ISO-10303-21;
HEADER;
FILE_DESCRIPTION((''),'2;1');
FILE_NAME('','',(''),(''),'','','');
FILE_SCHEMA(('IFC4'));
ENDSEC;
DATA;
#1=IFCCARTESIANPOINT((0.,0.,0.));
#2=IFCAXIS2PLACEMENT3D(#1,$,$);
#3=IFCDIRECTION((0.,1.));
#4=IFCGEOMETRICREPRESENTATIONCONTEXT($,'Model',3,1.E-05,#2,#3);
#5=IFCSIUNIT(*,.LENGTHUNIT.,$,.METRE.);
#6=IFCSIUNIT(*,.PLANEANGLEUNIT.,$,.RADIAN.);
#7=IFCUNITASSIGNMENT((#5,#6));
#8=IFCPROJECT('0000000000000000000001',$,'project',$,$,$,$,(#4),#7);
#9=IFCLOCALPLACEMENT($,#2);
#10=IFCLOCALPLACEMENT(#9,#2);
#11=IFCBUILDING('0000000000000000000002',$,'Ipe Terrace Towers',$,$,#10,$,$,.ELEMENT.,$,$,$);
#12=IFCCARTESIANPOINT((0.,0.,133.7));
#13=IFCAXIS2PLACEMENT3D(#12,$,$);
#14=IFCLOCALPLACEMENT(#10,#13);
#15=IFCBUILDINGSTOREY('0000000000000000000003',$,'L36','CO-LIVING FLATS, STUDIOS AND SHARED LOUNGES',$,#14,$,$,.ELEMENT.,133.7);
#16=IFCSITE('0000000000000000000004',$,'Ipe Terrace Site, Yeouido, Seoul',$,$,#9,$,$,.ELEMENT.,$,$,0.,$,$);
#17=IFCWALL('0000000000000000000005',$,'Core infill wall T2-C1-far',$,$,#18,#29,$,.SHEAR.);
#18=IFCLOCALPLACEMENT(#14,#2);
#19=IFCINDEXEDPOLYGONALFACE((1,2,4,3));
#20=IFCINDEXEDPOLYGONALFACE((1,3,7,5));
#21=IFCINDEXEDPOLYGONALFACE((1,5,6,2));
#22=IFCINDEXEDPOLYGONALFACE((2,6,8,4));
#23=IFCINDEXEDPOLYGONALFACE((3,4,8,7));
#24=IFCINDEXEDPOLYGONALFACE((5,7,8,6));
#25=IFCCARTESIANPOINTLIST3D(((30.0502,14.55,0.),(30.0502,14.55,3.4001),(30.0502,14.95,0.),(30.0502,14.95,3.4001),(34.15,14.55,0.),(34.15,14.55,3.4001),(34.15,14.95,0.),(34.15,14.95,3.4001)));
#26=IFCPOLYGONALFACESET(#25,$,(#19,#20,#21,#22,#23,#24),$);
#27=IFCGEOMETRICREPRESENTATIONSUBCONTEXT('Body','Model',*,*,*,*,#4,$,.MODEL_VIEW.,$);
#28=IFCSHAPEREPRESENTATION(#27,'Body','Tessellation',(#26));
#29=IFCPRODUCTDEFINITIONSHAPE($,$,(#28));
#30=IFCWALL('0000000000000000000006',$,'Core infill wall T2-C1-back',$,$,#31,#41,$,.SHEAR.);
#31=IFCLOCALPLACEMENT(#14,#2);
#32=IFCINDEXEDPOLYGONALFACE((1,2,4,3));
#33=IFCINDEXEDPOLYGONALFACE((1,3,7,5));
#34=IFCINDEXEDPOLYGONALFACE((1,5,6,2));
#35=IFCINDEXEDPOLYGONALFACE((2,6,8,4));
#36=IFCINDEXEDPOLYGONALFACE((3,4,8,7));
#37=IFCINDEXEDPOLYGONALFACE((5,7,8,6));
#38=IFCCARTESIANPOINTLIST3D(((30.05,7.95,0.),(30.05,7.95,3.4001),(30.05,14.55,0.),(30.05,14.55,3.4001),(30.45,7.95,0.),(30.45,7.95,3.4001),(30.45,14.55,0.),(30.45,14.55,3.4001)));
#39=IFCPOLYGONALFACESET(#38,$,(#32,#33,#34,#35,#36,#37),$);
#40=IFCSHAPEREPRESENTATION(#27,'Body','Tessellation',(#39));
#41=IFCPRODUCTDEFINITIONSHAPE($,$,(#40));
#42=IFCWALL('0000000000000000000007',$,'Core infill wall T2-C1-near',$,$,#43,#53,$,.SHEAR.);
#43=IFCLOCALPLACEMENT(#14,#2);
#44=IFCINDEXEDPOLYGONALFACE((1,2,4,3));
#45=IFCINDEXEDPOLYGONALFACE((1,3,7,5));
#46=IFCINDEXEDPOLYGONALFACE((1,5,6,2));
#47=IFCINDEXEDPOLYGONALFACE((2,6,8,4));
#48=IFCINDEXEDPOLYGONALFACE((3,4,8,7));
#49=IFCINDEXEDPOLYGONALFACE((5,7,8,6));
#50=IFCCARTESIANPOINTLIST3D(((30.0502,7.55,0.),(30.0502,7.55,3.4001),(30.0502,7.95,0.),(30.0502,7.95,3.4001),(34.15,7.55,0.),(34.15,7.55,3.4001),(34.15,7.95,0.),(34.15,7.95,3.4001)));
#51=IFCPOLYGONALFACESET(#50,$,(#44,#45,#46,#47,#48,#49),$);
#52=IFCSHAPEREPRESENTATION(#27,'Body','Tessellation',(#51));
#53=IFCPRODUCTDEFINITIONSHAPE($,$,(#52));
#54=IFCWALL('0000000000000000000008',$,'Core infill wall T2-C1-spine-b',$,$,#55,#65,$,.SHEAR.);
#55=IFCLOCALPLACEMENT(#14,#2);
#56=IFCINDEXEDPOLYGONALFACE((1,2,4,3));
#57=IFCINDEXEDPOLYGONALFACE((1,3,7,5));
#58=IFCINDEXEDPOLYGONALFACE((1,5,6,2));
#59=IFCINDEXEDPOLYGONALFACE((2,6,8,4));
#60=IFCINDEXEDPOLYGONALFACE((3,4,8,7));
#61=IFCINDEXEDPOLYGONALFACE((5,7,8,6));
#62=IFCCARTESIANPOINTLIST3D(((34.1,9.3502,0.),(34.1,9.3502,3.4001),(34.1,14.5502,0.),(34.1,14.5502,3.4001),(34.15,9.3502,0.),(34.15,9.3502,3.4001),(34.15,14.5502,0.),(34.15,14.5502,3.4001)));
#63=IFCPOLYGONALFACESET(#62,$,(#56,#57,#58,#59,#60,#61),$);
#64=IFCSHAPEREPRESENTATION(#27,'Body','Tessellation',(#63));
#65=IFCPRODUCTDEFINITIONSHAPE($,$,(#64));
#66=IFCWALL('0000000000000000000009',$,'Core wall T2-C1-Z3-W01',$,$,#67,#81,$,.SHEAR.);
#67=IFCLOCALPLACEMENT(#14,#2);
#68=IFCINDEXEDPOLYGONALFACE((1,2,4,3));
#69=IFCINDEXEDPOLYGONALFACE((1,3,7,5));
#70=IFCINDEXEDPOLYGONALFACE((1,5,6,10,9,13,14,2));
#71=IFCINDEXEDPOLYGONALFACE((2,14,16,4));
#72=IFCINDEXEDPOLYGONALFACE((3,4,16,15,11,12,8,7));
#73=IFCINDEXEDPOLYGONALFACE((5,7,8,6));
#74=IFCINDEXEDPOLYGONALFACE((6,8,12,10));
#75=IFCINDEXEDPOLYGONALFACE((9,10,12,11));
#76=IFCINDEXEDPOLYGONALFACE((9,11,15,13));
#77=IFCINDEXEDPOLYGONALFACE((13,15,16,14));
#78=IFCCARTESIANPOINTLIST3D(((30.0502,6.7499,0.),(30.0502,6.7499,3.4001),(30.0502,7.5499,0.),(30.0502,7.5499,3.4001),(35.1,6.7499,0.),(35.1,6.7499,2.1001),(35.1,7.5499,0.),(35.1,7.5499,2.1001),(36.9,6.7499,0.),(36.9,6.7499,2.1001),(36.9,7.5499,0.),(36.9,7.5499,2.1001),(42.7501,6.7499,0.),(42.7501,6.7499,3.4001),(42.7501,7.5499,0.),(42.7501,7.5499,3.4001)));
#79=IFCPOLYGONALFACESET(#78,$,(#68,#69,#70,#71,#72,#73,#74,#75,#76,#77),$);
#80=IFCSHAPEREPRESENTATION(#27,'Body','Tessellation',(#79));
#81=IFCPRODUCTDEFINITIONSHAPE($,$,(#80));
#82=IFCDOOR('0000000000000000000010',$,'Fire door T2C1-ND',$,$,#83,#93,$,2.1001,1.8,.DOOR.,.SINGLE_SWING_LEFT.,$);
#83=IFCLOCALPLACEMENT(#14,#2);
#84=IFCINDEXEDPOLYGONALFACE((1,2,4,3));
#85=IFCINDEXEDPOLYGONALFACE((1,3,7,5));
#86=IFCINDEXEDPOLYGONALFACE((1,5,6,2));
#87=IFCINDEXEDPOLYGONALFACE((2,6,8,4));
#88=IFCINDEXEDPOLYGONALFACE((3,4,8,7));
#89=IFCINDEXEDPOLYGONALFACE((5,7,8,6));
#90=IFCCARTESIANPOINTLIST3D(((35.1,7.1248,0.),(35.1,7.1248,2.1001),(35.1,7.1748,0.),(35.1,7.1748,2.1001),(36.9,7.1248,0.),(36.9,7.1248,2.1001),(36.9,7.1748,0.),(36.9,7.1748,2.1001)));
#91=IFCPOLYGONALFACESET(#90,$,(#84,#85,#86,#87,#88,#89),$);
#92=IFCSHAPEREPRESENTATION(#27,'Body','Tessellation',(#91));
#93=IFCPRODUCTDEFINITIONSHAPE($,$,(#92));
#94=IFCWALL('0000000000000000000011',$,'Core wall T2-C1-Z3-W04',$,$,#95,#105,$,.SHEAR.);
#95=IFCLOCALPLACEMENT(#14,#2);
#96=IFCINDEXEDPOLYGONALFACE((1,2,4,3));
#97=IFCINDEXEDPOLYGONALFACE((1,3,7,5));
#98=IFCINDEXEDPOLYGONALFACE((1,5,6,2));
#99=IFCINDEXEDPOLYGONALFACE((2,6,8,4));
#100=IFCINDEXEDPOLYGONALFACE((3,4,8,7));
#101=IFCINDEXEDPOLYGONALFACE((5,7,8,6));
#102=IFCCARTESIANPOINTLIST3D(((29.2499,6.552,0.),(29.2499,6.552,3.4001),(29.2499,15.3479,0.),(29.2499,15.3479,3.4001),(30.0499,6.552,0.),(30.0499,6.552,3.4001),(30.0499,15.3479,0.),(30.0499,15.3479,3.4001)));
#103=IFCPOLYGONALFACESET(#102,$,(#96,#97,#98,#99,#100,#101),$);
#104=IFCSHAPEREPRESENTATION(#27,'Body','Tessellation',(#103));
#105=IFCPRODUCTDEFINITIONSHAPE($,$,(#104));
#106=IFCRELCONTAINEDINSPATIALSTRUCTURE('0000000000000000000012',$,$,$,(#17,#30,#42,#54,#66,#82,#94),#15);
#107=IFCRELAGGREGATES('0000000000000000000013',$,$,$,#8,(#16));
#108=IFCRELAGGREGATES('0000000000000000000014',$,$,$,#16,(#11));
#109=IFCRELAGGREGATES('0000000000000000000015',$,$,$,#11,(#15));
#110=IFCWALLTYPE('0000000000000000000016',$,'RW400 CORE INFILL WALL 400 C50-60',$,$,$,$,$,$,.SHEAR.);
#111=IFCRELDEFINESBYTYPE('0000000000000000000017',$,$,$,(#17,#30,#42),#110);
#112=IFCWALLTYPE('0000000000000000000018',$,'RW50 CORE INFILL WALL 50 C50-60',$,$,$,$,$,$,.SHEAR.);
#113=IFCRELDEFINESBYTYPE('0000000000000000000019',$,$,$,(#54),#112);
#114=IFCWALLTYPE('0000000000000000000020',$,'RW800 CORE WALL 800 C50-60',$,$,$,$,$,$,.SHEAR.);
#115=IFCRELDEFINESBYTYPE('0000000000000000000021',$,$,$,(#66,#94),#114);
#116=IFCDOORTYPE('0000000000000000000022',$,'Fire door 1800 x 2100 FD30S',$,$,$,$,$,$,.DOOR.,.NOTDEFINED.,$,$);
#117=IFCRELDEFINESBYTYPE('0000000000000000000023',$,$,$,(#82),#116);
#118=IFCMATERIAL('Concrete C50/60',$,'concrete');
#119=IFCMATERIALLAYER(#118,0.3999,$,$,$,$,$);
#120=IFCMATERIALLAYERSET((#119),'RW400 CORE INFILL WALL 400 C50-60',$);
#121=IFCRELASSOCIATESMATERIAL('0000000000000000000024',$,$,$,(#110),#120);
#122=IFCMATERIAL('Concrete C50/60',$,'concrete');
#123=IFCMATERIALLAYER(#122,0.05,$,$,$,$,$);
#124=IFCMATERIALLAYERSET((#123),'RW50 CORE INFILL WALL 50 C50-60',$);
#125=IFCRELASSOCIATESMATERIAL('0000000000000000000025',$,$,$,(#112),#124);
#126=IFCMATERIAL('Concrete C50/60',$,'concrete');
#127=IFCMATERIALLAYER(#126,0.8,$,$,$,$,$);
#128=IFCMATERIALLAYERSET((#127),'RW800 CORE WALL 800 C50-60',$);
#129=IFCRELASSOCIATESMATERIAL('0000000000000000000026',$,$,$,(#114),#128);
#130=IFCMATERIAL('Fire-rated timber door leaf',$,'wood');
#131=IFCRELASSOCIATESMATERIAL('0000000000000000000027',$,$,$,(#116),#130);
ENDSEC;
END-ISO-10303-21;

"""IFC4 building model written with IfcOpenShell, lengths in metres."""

from ifc_helpers import new_model, si_unit, direction, frame, frame_2d, origin, place, context, subcontext, project, spatial, rectangle, extrude, material, layer, layer_set, type_object, element, fill, save


model = new_model("IFC4")

# Units and contexts
model_context = context("Model", 3, precision=1e-05, world=origin(), true_north=direction((0.0, 1.0)))
body_context = subcontext(model_context, "Body", "Model", "MODEL_VIEW")
ifc_project = project(units=[si_unit("LENGTHUNIT", "METRE"), si_unit("PLANEANGLEUNIT", "RADIAN")], contexts=[model_context])

# Site, building, storey
site_placement = place(None, origin())
site = spatial("IfcSite", under=ifc_project, at=site_placement, Name="Ipe Terrace Site, Yeouido, Seoul", CompositionType="ELEMENT", RefElevation=0.0)
building_placement = place(site_placement, origin())
building = spatial("IfcBuilding", under=site, at=building_placement, Name="Ipe Terrace Towers", CompositionType="ELEMENT")
storey_placement = place(building_placement, frame((0.0, 0.0, 133.7)))
storey = spatial("IfcBuildingStorey", under=building, at=storey_placement, Name="L36", Description="CO-LIVING FLATS, STUDIOS AND SHARED LOUNGES", CompositionType="ELEMENT", Elevation=133.7)

# Walls
ifc_material_1 = material(Name="Concrete C50/60", Category="concrete")
ifc_layer_1 = layer(ifc_material_1, 0.3999)
ifc_layer_set_1 = layer_set([ifc_layer_1], Name="RW400 CORE INFILL WALL 400 C50-60")
wall_type_1 = type_object("IfcWallType", Name="RW400 CORE INFILL WALL 400 C50-60", PredefinedType="SHEAR", material=ifc_layer_set_1)
wall_1_placement = place(storey_placement, frame((34.1499, 14.75, 0.0), z_axis=(0.0, 0.0, 1.0), x_axis=(-1.0, 0.0, 0.0)))
element("IfcWall", 1, at=wall_1_placement, inside=storey, type_object=wall_type_1, Name="Core infill wall T2-C1-far", PredefinedType="SHEAR", context=body_context, shape_type="SweptSolid", body=[
    extrude(rectangle(XDim=4.0999, YDim=0.3999, at=frame_2d((2.0498, 0.0))), origin(), (0.0, 0.0, 1.0), 3.4001),
])
wall_2_placement = place(storey_placement, frame((30.25, 7.95, 0.0), z_axis=(0.0, 0.0, 1.0), x_axis=(0.0, 1.0, 0.0)))
element("IfcWall", 2, at=wall_2_placement, inside=storey, type_object=wall_type_1, Name="Core infill wall T2-C1-back", PredefinedType="SHEAR", context=body_context, shape_type="SweptSolid", body=[
    extrude(rectangle(XDim=6.6001, YDim=0.3999, at=frame_2d((3.3, 0.0))), origin(), (0.0, 0.0, 1.0), 3.4001),
])
wall_3_placement = place(storey_placement, frame((34.1499, 7.75, 0.0), z_axis=(0.0, 0.0, 1.0), x_axis=(-1.0, 0.0, 0.0)))
element("IfcWall", 3, at=wall_3_placement, inside=storey, type_object=wall_type_1, Name="Core infill wall T2-C1-near", PredefinedType="SHEAR", context=body_context, shape_type="SweptSolid", body=[
    extrude(rectangle(XDim=4.0999, YDim=0.3999, at=frame_2d((2.0498, 0.0))), origin(), (0.0, 0.0, 1.0), 3.4001),
])
ifc_material_2 = material(Name="Concrete C50/60", Category="concrete")
ifc_layer_2 = layer(ifc_material_2, 0.05)
ifc_layer_set_2 = layer_set([ifc_layer_2], Name="RW50 CORE INFILL WALL 50 C50-60")
wall_type_2 = type_object("IfcWallType", Name="RW50 CORE INFILL WALL 50 C50-60", PredefinedType="SHEAR", material=ifc_layer_set_2)
wall_4_placement = place(storey_placement, frame((34.125, 9.3501, 0.0), z_axis=(0.0, 0.0, 1.0), x_axis=(0.0, 1.0, 0.0)))
element("IfcWall", 4, at=wall_4_placement, inside=storey, type_object=wall_type_2, Name="Core infill wall T2-C1-spine-b", PredefinedType="SHEAR", context=body_context, shape_type="SweptSolid", body=[
    extrude(rectangle(XDim=5.2, YDim=0.05, at=frame_2d((2.6001, 0.0))), origin(), (0.0, 0.0, 1.0), 3.4001),
])

# Wall, opening, door
ifc_material_3 = material(Name="Concrete C50/60", Category="concrete")
ifc_layer_3 = layer(ifc_material_3, 0.8)
ifc_layer_set_3 = layer_set([ifc_layer_3], Name="RW800 CORE WALL 800 C50-60")
wall_type_3 = type_object("IfcWallType", Name="RW800 CORE WALL 800 C50-60", PredefinedType="SHEAR", material=ifc_layer_set_3)
wall_5_placement = place(storey_placement, frame((30.05, 7.1499, 0.0), z_axis=(0.0, 0.0, 1.0), x_axis=(1.0, 0.0, 0.0)))
wall_5 = element("IfcWall", 5, at=wall_5_placement, inside=storey, type_object=wall_type_3, Name="Core wall T2-C1-Z3-W01", PredefinedType="SHEAR", context=body_context, shape_type="SweptSolid", body=[
    extrude(rectangle(XDim=12.7, YDim=0.8, at=frame_2d((6.3501, 0.0))), origin(), (0.0, 0.0, 1.0), 3.4001),
])
opening_1_placement = place(wall_5_placement, frame((5.05, 0.0, 0.0)))
opening_1 = element("IfcOpeningElement", 6, at=opening_1_placement, cuts=wall_5, PredefinedType="OPENING", context=body_context, shape_type="SweptSolid", body=[
    extrude(rectangle(XDim=1.8, YDim=2.1001, at=frame_2d((0.8999, 1.05))), frame((0.0, 0.4102, 0.0), z_axis=(0.0, -1.0, 0.0), x_axis=(1.0, 0.0, 0.0)), (0.0, 0.0, 1.0), 0.8201),
])
ifc_material_4 = material(Name="Fire-rated timber door leaf", Category="wood")
door_type_1 = type_object("IfcDoorType", Name="Fire door 1800 x 2100 FD30S", OperationType="NOTDEFINED", PredefinedType="DOOR", material=ifc_material_4)
door_1_placement = place(opening_1_placement, origin())
door_1 = element("IfcDoor", 7, at=door_1_placement, inside=storey, type_object=door_type_1, Name="Fire door T2C1-ND", OperationType="SINGLE_SWING_LEFT", OverallHeight=2.1001, OverallWidth=1.8, PredefinedType="DOOR", context=body_context, shape_type="SweptSolid", body=[
    extrude(rectangle(XDim=1.8, YDim=2.1001, at=frame_2d((0.8999, 1.05))), frame((0.0, 0.0249, 0.0), z_axis=(0.0, -1.0, 0.0), x_axis=(1.0, 0.0, 0.0)), (0.0, 0.0, 1.0), 0.05),
])
fill(opening_1, door_1)

# Wall
wall_6_placement = place(storey_placement, frame((29.6499, 15.3479, 0.0), z_axis=(0.0, 0.0, 1.0), x_axis=(0.0, -1.0, 0.0)))
element("IfcWall", 8, at=wall_6_placement, inside=storey, type_object=wall_type_3, Name="Core wall T2-C1-Z3-W04", PredefinedType="SHEAR", context=body_context, shape_type="SweptSolid", body=[
    extrude(rectangle(XDim=8.7959, YDim=0.8, at=frame_2d((4.3979, 0.0))), origin(), (0.0, 0.0, 1.0), 3.4001),
])

save(model, "model.ifc")
